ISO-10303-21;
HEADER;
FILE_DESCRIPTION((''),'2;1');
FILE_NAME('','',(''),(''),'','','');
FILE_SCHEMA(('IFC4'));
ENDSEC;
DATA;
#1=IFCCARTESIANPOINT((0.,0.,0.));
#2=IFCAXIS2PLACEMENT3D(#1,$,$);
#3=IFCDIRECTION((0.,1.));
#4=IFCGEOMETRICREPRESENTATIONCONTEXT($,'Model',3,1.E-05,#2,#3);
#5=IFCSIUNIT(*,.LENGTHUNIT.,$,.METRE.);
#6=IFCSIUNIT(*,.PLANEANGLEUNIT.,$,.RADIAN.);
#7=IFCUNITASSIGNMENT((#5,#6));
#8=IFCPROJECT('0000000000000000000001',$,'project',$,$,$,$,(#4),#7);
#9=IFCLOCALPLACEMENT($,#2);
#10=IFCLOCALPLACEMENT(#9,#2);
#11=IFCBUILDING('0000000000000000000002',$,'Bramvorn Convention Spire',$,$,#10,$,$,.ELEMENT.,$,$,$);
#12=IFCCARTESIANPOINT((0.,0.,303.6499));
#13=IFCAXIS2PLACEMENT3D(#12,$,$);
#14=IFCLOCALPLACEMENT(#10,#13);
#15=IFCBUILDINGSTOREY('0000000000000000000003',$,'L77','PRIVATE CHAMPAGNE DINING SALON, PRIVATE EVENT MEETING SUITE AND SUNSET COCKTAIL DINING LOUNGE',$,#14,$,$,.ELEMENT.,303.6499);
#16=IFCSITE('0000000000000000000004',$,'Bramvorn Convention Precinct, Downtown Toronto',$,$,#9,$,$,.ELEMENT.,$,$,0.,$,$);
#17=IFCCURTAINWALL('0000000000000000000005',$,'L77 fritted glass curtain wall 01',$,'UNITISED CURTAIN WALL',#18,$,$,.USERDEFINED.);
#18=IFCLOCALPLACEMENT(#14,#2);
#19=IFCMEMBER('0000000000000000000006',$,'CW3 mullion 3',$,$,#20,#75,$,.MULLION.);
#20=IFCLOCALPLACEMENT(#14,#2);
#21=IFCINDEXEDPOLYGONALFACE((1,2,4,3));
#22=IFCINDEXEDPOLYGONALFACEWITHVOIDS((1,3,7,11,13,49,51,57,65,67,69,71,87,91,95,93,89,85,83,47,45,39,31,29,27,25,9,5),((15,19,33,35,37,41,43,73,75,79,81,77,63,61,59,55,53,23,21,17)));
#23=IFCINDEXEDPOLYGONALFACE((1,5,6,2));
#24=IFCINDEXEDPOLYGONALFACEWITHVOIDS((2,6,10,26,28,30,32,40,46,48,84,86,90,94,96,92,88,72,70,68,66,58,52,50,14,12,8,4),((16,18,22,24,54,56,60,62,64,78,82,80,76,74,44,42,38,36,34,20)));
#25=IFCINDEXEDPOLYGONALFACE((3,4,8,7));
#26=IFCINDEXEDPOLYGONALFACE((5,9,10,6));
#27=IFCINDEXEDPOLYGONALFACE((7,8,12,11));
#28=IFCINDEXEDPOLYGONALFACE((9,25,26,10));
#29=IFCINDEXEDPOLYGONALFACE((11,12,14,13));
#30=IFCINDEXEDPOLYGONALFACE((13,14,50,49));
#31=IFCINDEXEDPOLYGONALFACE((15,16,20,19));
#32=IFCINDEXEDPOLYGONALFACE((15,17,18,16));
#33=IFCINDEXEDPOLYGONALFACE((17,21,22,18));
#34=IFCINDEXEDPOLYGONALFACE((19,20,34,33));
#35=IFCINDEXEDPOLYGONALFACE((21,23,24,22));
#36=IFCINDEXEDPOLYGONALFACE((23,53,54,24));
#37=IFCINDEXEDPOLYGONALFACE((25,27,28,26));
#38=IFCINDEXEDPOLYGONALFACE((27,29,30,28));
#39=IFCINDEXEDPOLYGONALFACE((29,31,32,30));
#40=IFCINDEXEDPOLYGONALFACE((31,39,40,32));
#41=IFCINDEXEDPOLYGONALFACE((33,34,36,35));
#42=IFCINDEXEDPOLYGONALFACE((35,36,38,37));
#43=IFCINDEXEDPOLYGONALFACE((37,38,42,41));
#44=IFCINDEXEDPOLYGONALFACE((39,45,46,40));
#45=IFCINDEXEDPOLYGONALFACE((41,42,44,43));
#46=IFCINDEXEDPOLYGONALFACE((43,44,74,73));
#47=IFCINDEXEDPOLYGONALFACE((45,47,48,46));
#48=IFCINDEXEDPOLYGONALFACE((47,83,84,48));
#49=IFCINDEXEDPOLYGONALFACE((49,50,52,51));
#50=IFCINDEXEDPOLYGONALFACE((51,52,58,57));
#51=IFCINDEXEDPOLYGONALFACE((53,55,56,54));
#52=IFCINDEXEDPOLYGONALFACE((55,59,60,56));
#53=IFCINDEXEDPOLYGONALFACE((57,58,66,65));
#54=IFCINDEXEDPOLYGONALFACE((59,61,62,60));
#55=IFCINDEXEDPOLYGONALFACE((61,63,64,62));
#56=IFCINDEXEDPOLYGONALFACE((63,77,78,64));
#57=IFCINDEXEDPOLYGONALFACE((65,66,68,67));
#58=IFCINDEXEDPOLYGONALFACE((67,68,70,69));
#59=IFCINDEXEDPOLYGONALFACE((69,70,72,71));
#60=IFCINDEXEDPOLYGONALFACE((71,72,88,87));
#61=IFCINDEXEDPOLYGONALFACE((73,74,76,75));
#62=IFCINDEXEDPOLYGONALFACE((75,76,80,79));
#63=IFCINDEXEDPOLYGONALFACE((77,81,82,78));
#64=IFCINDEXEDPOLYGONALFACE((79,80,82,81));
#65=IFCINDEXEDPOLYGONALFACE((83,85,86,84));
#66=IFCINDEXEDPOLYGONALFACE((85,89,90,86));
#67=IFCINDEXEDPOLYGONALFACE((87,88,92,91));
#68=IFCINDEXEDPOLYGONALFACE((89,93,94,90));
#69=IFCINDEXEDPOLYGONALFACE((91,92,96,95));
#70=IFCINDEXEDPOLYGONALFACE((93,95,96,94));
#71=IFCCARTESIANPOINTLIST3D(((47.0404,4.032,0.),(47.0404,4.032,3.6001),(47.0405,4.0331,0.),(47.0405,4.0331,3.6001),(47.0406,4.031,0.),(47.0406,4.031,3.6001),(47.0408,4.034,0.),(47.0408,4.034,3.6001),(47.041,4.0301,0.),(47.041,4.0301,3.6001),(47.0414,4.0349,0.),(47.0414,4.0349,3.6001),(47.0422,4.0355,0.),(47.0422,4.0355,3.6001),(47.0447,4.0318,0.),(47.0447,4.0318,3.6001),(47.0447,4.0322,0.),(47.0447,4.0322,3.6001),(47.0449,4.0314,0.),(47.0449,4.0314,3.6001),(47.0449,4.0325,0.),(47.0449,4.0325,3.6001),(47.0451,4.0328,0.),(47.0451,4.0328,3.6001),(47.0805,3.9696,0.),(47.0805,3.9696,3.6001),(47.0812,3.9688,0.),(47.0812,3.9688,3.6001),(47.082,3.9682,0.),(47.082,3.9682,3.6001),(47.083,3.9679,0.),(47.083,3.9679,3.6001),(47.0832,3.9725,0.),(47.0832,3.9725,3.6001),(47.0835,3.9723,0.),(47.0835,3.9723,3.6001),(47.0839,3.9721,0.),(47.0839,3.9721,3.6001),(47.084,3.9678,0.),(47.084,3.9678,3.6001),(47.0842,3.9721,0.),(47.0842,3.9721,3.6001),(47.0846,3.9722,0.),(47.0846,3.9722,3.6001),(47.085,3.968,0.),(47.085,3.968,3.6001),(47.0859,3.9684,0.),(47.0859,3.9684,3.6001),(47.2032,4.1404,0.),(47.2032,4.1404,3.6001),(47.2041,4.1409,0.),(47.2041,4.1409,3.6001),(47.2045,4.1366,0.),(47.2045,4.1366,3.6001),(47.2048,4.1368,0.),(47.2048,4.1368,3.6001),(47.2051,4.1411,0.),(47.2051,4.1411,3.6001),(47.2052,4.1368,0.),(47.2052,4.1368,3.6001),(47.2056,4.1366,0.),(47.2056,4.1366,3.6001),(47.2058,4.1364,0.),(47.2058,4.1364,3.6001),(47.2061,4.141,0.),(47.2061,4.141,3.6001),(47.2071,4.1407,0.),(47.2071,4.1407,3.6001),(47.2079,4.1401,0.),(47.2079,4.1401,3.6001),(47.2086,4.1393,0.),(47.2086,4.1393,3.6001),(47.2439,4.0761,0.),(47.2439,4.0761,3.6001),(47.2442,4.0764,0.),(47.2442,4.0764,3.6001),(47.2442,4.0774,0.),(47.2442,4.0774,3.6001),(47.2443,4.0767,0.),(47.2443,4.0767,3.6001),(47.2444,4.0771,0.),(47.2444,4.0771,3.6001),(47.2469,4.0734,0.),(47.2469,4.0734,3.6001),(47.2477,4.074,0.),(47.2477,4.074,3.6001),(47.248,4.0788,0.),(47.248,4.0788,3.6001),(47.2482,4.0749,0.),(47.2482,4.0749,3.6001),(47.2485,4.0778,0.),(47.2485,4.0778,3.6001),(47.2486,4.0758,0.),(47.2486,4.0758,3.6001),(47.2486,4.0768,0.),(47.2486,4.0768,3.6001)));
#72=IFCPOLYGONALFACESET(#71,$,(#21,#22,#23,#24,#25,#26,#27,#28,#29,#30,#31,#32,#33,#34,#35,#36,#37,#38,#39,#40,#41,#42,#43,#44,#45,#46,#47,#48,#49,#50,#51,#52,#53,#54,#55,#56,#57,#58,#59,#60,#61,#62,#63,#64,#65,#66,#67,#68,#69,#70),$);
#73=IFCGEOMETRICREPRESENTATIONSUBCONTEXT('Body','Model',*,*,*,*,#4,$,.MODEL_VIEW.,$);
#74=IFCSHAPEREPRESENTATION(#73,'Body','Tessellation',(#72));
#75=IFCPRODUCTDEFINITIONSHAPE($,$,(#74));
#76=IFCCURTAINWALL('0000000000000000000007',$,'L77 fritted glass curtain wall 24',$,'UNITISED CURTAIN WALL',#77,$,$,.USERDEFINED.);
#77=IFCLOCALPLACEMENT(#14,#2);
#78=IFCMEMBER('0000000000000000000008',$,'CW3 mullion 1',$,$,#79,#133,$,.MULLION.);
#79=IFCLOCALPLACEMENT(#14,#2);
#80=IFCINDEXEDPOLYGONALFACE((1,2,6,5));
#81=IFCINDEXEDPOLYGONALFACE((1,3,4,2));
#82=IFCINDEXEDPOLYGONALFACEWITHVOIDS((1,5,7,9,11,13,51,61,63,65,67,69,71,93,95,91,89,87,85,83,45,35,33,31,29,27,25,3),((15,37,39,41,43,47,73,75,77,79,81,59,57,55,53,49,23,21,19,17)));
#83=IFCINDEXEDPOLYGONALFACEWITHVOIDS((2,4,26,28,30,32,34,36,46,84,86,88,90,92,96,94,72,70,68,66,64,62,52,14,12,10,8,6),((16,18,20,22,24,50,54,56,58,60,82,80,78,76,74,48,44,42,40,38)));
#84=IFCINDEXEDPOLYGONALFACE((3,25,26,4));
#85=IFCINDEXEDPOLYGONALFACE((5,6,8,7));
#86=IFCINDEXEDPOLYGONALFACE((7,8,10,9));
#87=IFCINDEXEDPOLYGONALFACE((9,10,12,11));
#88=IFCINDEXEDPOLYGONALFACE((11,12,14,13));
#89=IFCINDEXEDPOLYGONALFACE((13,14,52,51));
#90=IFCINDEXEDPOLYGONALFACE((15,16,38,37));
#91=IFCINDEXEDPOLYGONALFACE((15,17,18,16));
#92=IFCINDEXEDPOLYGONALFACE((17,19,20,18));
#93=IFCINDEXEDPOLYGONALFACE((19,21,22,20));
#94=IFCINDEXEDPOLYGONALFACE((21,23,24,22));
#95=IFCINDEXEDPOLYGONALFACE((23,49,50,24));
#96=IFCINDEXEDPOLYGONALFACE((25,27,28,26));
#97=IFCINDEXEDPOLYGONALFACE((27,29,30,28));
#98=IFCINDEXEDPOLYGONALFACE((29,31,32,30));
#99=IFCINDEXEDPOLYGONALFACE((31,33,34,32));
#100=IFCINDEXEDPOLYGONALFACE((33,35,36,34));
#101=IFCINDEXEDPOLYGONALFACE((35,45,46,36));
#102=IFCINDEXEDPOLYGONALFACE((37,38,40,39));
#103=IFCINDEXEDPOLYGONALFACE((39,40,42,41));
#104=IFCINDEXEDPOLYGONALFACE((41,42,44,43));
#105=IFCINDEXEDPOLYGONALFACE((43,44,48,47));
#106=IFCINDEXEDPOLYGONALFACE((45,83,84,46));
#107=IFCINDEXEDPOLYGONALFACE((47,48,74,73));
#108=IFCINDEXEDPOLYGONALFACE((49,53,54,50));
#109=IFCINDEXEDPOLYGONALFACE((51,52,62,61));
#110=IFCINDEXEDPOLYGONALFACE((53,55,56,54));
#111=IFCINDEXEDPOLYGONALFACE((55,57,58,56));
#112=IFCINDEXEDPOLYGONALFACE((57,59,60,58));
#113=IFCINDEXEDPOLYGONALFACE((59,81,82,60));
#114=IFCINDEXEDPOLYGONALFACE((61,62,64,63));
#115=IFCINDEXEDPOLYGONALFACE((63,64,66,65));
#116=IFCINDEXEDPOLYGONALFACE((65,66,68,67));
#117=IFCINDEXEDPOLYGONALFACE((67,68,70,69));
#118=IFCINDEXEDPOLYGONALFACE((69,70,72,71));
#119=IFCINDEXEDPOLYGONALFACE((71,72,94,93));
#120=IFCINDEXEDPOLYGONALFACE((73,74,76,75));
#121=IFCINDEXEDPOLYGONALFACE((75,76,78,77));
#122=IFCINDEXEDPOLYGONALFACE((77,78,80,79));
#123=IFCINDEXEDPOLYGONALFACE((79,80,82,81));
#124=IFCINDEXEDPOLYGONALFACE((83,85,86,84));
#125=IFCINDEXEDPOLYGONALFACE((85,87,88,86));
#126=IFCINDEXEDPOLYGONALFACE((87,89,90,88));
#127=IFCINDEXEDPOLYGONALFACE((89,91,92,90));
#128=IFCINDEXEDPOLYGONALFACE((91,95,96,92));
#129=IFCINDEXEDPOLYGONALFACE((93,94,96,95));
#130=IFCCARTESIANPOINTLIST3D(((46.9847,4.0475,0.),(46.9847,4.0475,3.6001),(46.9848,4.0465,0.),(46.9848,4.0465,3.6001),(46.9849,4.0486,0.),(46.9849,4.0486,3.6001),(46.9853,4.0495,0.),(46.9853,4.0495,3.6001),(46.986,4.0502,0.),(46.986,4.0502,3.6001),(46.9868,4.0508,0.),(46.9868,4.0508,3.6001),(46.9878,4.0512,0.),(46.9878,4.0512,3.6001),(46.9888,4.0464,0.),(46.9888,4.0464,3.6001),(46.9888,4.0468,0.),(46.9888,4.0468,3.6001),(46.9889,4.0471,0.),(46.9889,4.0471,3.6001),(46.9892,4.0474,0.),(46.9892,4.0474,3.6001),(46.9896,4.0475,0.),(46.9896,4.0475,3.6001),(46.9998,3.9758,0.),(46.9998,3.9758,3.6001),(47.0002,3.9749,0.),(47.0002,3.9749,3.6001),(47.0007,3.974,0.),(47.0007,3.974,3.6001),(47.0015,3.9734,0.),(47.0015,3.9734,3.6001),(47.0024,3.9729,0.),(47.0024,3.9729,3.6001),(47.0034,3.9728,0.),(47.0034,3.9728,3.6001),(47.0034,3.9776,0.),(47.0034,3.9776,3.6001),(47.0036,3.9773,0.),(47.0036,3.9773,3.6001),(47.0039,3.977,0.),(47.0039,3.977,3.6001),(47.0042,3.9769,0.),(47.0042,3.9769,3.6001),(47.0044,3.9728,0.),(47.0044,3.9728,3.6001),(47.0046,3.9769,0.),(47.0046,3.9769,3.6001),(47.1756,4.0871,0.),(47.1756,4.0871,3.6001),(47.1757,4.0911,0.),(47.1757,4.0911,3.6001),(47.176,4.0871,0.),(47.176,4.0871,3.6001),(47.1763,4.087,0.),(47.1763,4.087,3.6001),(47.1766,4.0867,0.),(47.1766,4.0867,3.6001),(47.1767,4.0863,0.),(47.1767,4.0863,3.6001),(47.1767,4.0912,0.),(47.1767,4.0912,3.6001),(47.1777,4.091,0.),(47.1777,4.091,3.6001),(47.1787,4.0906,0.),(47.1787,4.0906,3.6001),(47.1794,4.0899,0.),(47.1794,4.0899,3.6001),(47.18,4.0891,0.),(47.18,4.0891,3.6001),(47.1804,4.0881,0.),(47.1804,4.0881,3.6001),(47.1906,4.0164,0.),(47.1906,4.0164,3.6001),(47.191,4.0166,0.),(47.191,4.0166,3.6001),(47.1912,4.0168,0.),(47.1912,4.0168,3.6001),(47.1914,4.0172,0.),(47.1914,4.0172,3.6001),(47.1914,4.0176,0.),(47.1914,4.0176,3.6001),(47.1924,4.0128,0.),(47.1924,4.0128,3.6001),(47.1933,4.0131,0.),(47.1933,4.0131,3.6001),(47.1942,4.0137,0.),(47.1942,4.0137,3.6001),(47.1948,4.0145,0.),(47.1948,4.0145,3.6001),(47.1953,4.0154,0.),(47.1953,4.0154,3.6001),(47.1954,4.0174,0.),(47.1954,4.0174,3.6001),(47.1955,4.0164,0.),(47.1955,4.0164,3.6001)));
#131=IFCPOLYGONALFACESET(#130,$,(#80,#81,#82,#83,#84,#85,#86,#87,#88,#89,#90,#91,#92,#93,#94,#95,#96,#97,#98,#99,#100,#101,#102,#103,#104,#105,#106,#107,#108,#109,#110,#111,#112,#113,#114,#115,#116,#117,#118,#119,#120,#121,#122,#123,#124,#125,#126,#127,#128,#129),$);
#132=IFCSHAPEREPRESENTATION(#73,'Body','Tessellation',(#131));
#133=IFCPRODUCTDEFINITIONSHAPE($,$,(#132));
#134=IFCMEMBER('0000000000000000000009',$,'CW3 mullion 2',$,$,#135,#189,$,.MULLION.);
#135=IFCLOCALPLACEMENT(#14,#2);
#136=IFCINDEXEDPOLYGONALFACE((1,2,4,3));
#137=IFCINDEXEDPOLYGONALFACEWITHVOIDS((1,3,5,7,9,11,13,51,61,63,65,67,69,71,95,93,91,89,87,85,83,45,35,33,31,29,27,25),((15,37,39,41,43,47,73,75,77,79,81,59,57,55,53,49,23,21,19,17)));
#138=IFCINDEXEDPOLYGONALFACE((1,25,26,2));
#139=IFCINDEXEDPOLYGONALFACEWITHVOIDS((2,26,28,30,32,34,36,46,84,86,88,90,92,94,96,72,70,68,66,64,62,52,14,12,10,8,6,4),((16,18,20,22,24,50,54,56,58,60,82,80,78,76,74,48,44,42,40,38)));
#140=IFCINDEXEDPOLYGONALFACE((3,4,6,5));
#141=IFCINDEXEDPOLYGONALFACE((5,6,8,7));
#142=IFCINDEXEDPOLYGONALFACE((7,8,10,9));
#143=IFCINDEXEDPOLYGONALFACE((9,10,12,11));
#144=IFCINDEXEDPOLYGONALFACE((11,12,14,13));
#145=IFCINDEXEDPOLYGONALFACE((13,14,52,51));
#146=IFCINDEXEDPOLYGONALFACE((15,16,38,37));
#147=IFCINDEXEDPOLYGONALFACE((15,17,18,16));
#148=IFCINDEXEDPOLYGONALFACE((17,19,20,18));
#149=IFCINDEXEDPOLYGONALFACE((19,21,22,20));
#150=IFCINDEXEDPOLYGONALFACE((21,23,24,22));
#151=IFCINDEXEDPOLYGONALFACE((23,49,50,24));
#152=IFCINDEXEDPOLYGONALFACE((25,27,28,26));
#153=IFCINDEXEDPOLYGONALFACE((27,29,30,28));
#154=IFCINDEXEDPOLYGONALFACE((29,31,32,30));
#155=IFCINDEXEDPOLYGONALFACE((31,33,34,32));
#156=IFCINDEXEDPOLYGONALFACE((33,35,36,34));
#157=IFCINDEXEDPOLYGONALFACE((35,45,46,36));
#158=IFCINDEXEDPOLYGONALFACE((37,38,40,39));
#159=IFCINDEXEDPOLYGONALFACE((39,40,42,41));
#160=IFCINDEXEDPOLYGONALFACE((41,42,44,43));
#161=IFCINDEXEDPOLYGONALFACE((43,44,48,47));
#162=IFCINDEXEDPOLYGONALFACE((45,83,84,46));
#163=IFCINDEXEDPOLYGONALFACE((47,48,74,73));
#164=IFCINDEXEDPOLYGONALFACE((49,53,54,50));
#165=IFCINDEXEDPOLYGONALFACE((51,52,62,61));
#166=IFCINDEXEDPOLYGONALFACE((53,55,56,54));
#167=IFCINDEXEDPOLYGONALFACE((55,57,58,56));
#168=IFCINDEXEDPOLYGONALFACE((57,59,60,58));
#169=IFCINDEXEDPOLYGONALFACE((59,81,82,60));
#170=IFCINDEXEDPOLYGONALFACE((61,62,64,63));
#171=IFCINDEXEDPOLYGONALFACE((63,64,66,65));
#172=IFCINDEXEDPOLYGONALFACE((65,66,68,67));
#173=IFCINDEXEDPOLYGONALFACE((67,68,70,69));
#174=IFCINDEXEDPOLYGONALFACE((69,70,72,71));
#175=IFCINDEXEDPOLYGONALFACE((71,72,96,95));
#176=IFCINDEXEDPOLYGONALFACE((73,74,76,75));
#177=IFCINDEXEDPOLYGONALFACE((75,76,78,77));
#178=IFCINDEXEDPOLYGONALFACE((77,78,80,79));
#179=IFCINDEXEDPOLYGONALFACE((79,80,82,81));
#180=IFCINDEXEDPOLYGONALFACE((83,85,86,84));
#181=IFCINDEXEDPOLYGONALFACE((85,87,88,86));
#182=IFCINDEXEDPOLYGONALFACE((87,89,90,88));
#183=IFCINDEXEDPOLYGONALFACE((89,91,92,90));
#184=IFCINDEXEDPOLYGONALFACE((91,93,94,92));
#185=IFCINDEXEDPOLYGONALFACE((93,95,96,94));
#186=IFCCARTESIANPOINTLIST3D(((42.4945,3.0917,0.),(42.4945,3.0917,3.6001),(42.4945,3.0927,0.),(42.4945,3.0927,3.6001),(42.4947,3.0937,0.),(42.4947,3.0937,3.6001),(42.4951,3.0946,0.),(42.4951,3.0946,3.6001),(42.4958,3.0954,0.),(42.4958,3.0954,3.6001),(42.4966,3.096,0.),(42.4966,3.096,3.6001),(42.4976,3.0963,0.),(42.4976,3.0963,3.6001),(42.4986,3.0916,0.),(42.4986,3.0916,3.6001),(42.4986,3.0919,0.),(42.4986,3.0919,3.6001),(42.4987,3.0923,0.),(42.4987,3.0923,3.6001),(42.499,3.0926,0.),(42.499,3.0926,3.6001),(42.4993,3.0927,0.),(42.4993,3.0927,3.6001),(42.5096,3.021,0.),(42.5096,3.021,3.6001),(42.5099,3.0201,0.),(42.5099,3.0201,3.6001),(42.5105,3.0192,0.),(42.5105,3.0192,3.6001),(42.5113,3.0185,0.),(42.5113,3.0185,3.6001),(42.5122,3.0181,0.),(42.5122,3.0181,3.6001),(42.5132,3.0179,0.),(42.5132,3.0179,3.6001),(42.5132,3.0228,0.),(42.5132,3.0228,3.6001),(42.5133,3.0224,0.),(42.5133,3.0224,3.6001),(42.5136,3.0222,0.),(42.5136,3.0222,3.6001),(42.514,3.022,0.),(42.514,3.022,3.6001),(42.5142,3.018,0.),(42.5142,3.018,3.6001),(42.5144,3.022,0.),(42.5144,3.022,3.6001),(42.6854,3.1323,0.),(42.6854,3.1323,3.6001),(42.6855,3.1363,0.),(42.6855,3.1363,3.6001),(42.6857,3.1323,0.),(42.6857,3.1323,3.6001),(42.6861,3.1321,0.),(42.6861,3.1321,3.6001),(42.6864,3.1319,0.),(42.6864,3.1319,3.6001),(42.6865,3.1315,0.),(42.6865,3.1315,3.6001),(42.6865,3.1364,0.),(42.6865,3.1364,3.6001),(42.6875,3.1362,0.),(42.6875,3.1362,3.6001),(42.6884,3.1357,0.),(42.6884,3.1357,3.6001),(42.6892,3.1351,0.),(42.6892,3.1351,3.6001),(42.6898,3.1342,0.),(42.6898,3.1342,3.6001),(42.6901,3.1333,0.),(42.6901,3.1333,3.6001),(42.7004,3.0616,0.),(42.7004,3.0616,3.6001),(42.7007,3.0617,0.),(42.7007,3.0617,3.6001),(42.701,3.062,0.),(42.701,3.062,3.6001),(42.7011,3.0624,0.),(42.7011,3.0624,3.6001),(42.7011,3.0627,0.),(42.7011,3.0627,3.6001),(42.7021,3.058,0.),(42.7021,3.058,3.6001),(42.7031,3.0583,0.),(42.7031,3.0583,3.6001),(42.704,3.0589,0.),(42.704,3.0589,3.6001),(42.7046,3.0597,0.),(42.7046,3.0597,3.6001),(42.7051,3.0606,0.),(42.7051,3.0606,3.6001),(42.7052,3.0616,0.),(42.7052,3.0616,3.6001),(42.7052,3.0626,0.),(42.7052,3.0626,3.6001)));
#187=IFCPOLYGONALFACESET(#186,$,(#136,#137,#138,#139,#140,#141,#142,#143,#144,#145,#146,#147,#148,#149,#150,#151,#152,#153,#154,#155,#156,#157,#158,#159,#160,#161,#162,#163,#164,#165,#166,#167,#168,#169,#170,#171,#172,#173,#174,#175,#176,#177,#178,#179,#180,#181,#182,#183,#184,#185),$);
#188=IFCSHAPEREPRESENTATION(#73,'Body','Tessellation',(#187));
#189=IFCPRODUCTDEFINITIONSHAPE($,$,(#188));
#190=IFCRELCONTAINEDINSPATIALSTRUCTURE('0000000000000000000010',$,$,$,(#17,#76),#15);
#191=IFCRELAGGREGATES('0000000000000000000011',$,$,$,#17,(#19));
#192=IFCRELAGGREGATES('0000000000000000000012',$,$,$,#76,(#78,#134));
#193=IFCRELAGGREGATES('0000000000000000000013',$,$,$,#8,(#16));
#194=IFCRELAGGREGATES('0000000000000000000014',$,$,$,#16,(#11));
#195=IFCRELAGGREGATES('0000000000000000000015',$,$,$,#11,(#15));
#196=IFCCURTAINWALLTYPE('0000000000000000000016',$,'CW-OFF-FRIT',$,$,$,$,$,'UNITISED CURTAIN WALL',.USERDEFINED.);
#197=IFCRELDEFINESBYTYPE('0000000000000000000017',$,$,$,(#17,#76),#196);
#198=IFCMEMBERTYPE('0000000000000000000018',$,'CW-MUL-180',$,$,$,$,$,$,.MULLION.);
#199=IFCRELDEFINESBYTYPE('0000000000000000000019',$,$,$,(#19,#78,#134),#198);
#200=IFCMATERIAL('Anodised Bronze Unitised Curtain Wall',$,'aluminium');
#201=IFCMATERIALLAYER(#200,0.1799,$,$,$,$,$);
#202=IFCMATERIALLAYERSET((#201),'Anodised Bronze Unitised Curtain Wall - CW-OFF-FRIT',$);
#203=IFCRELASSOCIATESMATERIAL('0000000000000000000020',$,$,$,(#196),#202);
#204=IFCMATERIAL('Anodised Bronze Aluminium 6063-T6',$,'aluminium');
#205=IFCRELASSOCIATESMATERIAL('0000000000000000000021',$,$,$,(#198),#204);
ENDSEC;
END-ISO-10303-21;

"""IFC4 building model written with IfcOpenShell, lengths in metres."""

from ifc_helpers import new_model, si_unit, direction, frame, origin, origin_2d, place, context, subcontext, project, spatial, hollow_rectangle, extrude, material, layer, layer_set, material_profile, profile_set, type_object, element, aggregate, save


model = new_model("IFC4")

# Units and contexts
model_context = context("Model", 3, precision=1e-05, world=origin(), true_north=direction((0.0, 1.0)))
body_context = subcontext(model_context, "Body", "Model", "MODEL_VIEW")
ifc_project = project(units=[si_unit("LENGTHUNIT", "METRE"), si_unit("PLANEANGLEUNIT", "RADIAN")], contexts=[model_context])

# Site, building, storey
site_placement = place(None, origin())
site = spatial("IfcSite", under=ifc_project, at=site_placement, Name="Bramvorn Convention Precinct, Downtown Toronto", CompositionType="ELEMENT", RefElevation=0.0)
building_placement = place(site_placement, origin())
building = spatial("IfcBuilding", under=site, at=building_placement, Name="Bramvorn Convention Spire", CompositionType="ELEMENT")
storey_placement = place(building_placement, frame((0.0, 0.0, 303.6499)))
storey = spatial("IfcBuildingStorey", under=building, at=storey_placement, Name="L77", Description="PRIVATE CHAMPAGNE DINING SALON, PRIVATE EVENT MEETING SUITE AND SUNSET COCKTAIL DINING LOUNGE", CompositionType="ELEMENT", Elevation=303.6499)

# Curtain wall, member
ifc_material_1 = material(Name="Anodised Bronze Unitised Curtain Wall", Category="aluminium")
ifc_layer_1 = layer(ifc_material_1, 0.1799)
ifc_layer_set_1 = layer_set([ifc_layer_1], Name="Anodised Bronze Unitised Curtain Wall - CW-OFF-FRIT")
curtain_wall_type = type_object("IfcCurtainWallType", Name="CW-OFF-FRIT", ElementType="UNITISED CURTAIN WALL", PredefinedType="USERDEFINED", material=ifc_layer_set_1)
curtain_wall_1_placement = place(storey_placement, origin())
curtain_wall_1 = element("IfcCurtainWall", 1, at=curtain_wall_1_placement, inside=storey, type_object=curtain_wall_type, Name="L77 fritted glass curtain wall 01", ObjectType="UNITISED CURTAIN WALL", PredefinedType="USERDEFINED")
ifc_material_2 = material(Name="Anodised Bronze Aluminium 6063-T6", Category="aluminium")
ifc_material_profile_1 = material_profile(ifc_material_2, hollow_rectangle(XDim=0.0801, YDim=0.2, WallThickness=0.0039, InnerFilletRadius=0.001, OuterFilletRadius=0.0039, at=origin_2d()))
ifc_profile_set_1 = profile_set([ifc_material_profile_1], Name="Anodised Bronze Aluminium 6063-T6 - CWM80X200")
member_type_1 = type_object("IfcMemberType", Name="CW-MUL-180", PredefinedType="MULLION", material=ifc_profile_set_1)
member_1_placement = place(storey_placement, frame((47.1445, 4.0544, 0.0), z_axis=(0.0, 0.0, 1.0), x_axis=(0.546036, -0.837762, 0.0)))
member_1 = element("IfcMember", 2, at=member_1_placement, type_object=member_type_1, Name="CW3 mullion 3", PredefinedType="MULLION", context=body_context, shape_type="SweptSolid", body=[
    extrude(hollow_rectangle(XDim=0.0801, YDim=0.2, WallThickness=0.0039, InnerFilletRadius=0.001, OuterFilletRadius=0.0039, at=origin_2d()), origin(), (0.0, 0.0, 1.0), 3.6001),
])

# Curtain wall, members
curtain_wall_2_placement = place(storey_placement, origin())
curtain_wall_2 = element("IfcCurtainWall", 3, at=curtain_wall_2_placement, inside=storey, type_object=curtain_wall_type, Name="L77 fritted glass curtain wall 24", ObjectType="UNITISED CURTAIN WALL", PredefinedType="USERDEFINED")
member_2_placement = place(storey_placement, frame((47.0901, 4.032, 0.0), z_axis=(0.0, 0.0, 1.0), x_axis=(0.207974, -0.978134, 0.0)))
member_2 = element("IfcMember", 4, at=member_2_placement, type_object=member_type_1, Name="CW3 mullion 1", PredefinedType="MULLION", context=body_context, shape_type="SweptSolid", body=[
    extrude(hollow_rectangle(XDim=0.0801, YDim=0.2, WallThickness=0.0039, InnerFilletRadius=0.001, OuterFilletRadius=0.0039, at=origin_2d()), origin(), (0.0, 0.0, 1.0), 3.6001),
])
member_3_placement = place(storey_placement, frame((42.5999, 3.0771, 0.0), z_axis=(0.0, 0.0, 1.0), x_axis=(0.207974, -0.978134, 0.0)))
member_3 = element("IfcMember", 5, at=member_3_placement, type_object=member_type_1, Name="CW3 mullion 2", PredefinedType="MULLION", context=body_context, shape_type="SweptSolid", body=[
    extrude(hollow_rectangle(XDim=0.0801, YDim=0.2, WallThickness=0.0039, InnerFilletRadius=0.001, OuterFilletRadius=0.0039, at=origin_2d()), origin(), (0.0, 0.0, 1.0), 3.6001),
])

aggregate(curtain_wall_1, [member_1])
aggregate(curtain_wall_2, [member_2, member_3])

save(model, "model.ifc")
